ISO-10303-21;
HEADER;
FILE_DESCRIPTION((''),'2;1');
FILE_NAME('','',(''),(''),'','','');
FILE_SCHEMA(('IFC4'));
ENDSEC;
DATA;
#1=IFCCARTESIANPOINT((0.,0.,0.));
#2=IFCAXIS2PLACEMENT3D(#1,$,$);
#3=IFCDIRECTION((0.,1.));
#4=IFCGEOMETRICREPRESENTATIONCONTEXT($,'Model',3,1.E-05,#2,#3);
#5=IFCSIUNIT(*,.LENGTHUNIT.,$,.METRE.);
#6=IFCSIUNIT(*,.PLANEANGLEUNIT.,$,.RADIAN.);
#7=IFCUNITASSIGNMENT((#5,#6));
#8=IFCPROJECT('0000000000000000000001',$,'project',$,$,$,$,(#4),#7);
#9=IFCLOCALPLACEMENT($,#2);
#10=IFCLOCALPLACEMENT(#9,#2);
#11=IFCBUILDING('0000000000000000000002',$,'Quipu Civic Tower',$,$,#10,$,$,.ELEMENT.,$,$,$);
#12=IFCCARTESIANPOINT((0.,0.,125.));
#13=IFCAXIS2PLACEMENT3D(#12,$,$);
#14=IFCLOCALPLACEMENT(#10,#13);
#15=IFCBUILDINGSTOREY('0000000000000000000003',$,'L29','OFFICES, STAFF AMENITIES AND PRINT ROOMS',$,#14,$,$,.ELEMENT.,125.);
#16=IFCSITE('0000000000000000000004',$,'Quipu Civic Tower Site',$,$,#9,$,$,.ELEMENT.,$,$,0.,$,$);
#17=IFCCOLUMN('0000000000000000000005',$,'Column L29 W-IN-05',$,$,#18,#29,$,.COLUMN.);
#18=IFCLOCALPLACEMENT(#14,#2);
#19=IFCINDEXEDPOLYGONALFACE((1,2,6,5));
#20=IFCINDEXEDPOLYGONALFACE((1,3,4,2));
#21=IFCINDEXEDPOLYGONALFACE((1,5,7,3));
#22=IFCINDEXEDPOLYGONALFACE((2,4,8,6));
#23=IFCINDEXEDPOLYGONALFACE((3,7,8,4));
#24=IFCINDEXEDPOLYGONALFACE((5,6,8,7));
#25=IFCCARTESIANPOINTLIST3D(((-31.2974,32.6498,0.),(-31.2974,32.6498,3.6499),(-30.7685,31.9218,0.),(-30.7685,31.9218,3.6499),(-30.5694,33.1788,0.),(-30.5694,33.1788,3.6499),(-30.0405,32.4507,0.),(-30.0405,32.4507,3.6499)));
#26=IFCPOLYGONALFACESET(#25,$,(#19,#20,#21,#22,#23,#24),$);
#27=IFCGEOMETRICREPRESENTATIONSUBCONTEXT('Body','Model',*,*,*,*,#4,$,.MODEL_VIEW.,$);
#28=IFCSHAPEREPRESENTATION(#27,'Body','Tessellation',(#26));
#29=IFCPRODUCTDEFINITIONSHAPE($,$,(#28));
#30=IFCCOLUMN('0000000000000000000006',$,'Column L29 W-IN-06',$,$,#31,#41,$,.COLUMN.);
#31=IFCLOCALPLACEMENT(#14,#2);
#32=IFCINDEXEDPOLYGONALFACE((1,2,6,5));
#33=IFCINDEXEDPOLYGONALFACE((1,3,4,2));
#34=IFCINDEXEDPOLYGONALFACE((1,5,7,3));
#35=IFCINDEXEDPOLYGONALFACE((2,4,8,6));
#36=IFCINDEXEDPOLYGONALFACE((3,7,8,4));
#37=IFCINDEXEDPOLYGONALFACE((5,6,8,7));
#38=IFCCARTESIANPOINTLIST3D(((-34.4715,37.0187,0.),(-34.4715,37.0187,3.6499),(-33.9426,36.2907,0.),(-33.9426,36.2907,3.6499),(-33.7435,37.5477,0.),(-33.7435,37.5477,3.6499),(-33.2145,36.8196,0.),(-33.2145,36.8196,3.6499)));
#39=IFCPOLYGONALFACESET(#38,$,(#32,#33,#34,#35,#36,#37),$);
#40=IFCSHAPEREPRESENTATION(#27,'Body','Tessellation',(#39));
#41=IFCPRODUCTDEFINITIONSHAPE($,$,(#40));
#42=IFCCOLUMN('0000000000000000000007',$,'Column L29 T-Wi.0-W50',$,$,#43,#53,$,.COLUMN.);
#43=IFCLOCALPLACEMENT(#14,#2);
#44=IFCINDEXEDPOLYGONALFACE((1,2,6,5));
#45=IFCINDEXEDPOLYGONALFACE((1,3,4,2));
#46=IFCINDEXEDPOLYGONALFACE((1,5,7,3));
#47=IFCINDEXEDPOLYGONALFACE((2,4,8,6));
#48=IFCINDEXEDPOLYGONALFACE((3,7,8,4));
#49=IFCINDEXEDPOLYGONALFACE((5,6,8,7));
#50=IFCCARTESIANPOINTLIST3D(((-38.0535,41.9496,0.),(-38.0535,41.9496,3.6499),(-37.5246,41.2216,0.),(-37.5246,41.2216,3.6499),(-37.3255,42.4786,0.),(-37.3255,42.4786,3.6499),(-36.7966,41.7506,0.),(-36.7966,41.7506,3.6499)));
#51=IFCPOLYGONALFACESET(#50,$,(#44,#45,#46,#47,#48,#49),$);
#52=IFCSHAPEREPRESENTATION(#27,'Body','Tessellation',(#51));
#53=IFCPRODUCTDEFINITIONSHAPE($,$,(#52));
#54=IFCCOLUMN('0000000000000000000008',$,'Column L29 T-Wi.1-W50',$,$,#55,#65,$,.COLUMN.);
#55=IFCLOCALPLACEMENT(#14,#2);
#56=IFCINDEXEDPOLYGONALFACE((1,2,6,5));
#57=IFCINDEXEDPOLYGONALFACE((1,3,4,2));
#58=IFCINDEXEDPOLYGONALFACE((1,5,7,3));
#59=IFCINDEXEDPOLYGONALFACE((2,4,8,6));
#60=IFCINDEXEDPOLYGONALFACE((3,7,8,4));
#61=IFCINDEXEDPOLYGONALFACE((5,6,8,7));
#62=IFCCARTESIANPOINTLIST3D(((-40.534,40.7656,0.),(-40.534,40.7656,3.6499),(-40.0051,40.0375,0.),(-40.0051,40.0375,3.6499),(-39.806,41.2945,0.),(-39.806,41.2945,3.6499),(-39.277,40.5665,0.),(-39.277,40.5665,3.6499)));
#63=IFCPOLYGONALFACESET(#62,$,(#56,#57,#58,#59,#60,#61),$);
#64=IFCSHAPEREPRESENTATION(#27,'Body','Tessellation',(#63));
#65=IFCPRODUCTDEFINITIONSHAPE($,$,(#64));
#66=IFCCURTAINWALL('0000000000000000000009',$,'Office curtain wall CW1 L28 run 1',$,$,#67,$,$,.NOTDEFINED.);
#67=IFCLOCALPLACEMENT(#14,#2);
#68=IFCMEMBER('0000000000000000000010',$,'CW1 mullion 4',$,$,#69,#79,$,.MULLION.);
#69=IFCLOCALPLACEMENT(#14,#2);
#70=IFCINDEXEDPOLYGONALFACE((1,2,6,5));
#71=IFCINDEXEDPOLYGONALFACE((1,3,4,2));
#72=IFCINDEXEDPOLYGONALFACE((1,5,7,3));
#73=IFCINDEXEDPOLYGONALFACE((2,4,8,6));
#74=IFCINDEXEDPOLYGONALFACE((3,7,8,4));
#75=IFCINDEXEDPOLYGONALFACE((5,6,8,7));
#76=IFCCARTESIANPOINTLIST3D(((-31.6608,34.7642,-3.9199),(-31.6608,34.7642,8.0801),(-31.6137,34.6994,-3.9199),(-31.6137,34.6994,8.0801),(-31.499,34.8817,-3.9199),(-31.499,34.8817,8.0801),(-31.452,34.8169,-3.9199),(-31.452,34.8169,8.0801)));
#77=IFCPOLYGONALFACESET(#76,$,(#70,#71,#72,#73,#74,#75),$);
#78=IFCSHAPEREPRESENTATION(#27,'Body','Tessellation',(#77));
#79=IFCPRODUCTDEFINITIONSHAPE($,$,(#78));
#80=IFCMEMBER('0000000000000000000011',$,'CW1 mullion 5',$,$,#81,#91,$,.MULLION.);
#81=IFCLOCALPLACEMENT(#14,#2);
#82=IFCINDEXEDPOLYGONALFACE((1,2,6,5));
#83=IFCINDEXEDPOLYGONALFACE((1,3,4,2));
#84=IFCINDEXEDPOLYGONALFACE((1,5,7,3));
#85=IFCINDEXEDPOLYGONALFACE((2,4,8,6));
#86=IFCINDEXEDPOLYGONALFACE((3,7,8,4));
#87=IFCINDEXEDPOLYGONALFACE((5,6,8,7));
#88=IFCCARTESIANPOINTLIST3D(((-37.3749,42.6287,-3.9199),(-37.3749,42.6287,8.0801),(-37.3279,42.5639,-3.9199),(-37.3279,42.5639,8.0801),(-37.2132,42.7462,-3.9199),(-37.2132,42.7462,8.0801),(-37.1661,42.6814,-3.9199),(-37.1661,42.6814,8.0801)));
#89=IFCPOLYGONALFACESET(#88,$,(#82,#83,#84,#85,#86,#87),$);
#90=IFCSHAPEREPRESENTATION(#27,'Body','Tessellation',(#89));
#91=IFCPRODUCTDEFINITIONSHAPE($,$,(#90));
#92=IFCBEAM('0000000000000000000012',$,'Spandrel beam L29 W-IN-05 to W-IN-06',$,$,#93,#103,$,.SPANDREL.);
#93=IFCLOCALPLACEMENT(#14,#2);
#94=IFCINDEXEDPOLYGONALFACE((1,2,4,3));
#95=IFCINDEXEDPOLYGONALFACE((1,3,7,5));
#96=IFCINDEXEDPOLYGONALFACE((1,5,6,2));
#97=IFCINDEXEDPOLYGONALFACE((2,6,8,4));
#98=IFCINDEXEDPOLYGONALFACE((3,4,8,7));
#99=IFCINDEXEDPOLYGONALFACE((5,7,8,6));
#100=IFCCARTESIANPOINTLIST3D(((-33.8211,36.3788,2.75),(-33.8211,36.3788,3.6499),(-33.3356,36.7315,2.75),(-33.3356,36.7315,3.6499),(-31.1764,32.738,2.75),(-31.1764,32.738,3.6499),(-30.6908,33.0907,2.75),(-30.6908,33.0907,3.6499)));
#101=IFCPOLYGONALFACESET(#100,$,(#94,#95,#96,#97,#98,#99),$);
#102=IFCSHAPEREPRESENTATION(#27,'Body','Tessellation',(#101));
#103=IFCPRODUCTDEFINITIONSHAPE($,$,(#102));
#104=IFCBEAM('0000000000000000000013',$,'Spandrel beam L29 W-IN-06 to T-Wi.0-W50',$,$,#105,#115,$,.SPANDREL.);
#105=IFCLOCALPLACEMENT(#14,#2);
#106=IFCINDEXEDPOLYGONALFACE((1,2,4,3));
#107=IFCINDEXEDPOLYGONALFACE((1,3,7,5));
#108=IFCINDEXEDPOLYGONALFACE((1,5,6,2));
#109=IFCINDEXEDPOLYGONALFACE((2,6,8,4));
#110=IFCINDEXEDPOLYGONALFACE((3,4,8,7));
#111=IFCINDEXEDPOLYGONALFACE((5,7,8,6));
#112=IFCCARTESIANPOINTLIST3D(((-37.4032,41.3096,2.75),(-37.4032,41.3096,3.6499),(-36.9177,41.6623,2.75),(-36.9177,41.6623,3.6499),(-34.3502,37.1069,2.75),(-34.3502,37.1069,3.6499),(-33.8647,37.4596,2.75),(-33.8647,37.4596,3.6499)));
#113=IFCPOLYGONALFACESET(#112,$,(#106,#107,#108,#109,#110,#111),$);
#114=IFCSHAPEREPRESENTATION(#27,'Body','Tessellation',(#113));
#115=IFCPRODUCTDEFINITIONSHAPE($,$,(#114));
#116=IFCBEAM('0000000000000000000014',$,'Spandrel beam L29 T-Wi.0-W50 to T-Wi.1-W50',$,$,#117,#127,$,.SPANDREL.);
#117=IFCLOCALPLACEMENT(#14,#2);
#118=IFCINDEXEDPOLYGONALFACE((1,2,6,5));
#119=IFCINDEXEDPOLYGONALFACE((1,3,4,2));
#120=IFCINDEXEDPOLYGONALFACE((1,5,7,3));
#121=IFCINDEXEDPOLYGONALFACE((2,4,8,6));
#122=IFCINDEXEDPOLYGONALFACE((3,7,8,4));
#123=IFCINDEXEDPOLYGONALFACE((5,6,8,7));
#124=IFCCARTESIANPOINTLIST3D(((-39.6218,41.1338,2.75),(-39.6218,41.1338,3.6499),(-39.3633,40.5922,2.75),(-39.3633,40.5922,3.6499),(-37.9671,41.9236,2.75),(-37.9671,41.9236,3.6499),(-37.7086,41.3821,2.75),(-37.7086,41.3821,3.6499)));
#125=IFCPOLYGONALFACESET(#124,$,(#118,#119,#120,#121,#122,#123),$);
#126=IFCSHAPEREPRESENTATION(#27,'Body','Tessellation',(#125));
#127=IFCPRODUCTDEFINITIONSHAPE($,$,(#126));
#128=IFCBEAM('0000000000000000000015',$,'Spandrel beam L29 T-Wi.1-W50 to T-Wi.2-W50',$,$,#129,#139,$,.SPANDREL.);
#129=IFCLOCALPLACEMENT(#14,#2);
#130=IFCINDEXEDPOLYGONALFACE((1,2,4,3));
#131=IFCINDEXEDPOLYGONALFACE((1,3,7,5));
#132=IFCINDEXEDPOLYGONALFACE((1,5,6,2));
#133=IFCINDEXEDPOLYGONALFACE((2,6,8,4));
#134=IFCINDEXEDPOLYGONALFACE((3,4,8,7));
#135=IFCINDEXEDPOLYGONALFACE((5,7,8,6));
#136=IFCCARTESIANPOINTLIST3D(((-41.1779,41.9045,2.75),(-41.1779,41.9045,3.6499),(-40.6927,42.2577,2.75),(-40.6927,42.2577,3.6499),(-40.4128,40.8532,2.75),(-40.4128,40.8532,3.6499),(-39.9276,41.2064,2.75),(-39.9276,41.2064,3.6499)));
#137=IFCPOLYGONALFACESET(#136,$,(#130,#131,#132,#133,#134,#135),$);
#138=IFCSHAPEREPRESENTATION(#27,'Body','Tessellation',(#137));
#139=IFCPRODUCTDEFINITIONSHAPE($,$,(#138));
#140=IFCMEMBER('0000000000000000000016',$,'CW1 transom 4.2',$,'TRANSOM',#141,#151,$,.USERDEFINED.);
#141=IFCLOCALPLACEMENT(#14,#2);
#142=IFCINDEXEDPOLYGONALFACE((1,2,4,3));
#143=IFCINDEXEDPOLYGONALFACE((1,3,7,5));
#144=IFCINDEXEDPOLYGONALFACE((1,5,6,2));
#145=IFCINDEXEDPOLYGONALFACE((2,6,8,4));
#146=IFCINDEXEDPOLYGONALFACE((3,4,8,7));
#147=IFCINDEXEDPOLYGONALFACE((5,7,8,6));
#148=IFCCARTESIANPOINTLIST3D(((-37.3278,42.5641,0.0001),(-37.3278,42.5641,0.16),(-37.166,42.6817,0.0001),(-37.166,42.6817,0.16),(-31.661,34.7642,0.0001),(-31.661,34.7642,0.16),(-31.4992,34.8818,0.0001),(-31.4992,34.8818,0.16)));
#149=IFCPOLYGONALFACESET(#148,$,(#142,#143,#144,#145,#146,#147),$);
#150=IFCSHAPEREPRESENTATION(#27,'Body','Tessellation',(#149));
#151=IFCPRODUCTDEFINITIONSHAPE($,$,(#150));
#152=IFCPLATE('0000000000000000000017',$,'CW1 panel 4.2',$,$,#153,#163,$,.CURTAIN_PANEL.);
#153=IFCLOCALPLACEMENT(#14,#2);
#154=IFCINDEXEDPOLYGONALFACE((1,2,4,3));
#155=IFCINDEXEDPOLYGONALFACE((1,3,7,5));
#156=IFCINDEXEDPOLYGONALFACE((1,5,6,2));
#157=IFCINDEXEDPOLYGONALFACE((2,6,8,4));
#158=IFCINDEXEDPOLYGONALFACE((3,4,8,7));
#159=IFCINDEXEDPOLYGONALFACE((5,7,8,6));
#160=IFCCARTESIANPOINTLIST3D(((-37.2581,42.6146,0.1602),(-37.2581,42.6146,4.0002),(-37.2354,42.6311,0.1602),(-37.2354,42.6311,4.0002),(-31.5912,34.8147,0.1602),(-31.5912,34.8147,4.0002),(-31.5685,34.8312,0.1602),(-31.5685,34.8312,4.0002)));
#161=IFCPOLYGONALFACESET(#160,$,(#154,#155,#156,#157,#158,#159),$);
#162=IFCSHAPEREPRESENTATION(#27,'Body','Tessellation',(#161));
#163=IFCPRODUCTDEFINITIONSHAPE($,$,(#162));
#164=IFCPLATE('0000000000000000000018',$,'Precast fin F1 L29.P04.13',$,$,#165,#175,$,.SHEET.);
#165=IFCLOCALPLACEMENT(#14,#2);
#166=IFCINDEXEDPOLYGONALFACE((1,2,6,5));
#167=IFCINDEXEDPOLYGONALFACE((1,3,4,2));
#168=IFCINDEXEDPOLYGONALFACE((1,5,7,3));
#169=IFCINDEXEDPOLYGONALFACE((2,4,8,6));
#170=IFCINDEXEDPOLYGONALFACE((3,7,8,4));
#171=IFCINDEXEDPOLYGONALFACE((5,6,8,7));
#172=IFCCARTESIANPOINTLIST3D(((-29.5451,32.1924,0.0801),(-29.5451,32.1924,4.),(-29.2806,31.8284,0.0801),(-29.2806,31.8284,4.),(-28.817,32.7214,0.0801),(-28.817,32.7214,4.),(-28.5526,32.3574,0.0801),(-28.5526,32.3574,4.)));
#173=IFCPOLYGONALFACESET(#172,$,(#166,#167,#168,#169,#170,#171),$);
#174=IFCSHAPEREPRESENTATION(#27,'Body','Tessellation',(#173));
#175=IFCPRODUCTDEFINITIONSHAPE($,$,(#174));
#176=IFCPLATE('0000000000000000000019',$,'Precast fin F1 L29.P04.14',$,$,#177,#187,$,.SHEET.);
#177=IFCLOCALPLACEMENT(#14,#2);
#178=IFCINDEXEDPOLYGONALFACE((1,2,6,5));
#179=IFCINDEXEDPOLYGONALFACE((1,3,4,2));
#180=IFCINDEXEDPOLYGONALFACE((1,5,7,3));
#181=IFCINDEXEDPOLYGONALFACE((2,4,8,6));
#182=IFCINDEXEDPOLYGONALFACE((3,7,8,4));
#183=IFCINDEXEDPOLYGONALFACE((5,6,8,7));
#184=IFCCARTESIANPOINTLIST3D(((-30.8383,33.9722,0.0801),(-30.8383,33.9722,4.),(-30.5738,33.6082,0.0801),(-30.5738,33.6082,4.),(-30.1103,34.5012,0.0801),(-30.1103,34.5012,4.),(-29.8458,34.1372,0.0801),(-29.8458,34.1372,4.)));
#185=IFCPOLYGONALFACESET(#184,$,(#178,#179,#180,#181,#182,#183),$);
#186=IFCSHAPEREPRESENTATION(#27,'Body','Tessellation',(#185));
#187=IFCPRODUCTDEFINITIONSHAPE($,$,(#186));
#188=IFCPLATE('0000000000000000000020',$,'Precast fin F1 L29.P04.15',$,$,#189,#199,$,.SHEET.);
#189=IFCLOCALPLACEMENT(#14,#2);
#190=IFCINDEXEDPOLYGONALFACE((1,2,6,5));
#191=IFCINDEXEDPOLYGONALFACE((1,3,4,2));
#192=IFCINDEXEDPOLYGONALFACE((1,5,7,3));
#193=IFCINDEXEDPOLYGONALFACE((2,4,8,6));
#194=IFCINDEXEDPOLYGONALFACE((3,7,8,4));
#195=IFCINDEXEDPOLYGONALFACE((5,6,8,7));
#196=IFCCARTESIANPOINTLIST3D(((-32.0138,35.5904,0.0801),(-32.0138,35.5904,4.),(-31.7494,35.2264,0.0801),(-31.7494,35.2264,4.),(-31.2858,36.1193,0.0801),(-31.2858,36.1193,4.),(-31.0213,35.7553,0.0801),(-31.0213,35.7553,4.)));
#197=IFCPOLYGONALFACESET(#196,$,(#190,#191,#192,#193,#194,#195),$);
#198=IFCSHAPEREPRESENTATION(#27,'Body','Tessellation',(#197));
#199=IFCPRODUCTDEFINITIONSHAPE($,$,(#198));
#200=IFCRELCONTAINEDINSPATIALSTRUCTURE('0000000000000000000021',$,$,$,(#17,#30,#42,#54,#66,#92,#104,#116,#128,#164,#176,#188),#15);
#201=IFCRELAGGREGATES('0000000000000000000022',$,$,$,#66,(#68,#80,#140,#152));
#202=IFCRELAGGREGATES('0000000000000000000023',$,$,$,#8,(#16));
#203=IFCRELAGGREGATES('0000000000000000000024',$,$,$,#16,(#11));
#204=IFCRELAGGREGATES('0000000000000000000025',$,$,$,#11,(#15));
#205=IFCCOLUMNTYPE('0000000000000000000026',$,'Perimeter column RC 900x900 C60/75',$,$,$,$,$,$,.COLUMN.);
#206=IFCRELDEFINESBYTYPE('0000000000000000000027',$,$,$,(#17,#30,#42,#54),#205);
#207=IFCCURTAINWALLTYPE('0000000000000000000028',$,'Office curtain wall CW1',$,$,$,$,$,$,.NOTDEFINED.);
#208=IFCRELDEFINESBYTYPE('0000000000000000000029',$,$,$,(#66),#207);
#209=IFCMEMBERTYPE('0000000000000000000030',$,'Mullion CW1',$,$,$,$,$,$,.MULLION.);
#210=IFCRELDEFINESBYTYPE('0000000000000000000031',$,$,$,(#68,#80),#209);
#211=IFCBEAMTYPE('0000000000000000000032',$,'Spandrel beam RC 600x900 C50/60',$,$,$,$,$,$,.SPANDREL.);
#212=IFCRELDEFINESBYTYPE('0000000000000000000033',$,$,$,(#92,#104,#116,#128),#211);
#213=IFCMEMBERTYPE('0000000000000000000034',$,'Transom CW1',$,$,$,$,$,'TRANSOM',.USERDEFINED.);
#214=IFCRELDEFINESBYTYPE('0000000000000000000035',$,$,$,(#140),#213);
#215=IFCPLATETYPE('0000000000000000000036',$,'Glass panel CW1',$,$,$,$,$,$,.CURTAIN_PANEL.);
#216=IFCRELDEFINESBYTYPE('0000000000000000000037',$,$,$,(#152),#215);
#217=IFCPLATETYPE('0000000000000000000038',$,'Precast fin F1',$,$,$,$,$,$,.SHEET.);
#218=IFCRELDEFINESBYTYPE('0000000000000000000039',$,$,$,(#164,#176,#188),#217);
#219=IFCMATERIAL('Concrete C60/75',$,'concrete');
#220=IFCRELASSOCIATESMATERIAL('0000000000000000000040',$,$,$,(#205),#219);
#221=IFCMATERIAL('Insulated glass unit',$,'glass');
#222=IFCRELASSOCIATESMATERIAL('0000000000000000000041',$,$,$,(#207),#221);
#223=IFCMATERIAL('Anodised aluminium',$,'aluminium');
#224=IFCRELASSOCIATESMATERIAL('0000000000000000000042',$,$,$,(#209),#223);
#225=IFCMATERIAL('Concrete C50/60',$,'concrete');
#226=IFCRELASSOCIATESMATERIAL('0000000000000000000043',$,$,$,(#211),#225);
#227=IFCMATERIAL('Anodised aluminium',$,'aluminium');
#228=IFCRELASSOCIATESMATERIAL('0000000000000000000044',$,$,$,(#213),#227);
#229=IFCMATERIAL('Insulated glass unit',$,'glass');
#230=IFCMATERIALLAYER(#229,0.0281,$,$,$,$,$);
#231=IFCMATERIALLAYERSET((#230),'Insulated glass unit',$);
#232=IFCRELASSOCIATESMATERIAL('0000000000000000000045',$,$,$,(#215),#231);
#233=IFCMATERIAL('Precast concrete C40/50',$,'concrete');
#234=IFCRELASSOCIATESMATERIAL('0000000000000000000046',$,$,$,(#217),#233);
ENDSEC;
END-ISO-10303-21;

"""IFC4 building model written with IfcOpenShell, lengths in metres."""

from ifc_helpers import new_model, si_unit, direction, frame, origin, origin_2d, place, context, subcontext, project, spatial, rectangle, extrude, material, layer, layer_set, material_profile, profile_set, type_object, element, aggregate, save


model = new_model("IFC4")

# Units and contexts
model_context = context("Model", 3, precision=1e-05, world=origin(), true_north=direction((0.0, 1.0)))
body_context = subcontext(model_context, "Body", "Model", "MODEL_VIEW")
ifc_project = project(units=[si_unit("LENGTHUNIT", "METRE"), si_unit("PLANEANGLEUNIT", "RADIAN")], contexts=[model_context])

# Site, building, storey
site_placement = place(None, origin())
site = spatial("IfcSite", under=ifc_project, at=site_placement, Name="Quipu Civic Tower Site", CompositionType="ELEMENT", RefElevation=0.0)
building_placement = place(site_placement, origin())
building = spatial("IfcBuilding", under=site, at=building_placement, Name="Quipu Civic Tower", CompositionType="ELEMENT")
storey_placement = place(building_placement, frame((0.0, 0.0, 125.0)))
storey = spatial("IfcBuildingStorey", under=building, at=storey_placement, Name="L29", Description="OFFICES, STAFF AMENITIES AND PRINT ROOMS", CompositionType="ELEMENT", Elevation=125.0)

# Columns
ifc_material_1 = material(Name="Concrete C60/75", Category="concrete")
ifc_material_profile_1 = material_profile(ifc_material_1, rectangle(XDim=0.8999, YDim=0.8999, at=origin_2d()), Name="RC900x900")
ifc_profile_set_1 = profile_set([ifc_material_profile_1], Name="Concrete C60/75")
column_type = type_object("IfcColumnType", Name="Perimeter column RC 900x900 C60/75", PredefinedType="COLUMN", material=ifc_profile_set_1)
for number, where, z_axis, x_axis, name in (
    (1, (-30.6689, 32.5503, 0.0), (0.0, 0.0, 1.0), (-0.587785, 0.809017, 0.0), "Column L29 W-IN-05"),
    (2, (-33.843, 36.9192, 0.0), (0.0, 0.0, 1.0), (-0.587785, 0.809017, 0.0), "Column L29 W-IN-06"),
    (3, (-37.425, 41.8501, 0.0), (0.0, 0.0, 1.0), (-0.587785, 0.809017, 0.0), "Column L29 T-Wi.0-W50"),
    (4, (-39.9055, 40.666, 0.0), (0.0, 0.0, 1.0), (-0.587785, 0.809017, 0.0), "Column L29 T-Wi.1-W50"),
):
    element("IfcColumn", number, at=place(storey_placement, frame(where, z_axis=z_axis, x_axis=x_axis)), inside=storey, type_object=column_type, Name=name, PredefinedType="COLUMN", context=body_context, shape_type="SweptSolid", body=[
        extrude(rectangle(XDim=0.8999, YDim=0.8999, at=origin_2d()), origin(), (0.0, 0.0, 1.0), 3.6499),
    ])

# Curtain wall, members
ifc_material_2 = material(Name="Insulated glass unit", Category="glass")
curtain_wall_type = type_object("IfcCurtainWallType", Name="Office curtain wall CW1", PredefinedType="NOTDEFINED", material=ifc_material_2)
curtain_wall_placement = place(storey_placement, origin())
curtain_wall = element("IfcCurtainWall", 5, at=curtain_wall_placement, inside=storey, type_object=curtain_wall_type, Name="Office curtain wall CW1 L28 run 1", PredefinedType="NOTDEFINED")
ifc_material_3 = material(Name="Anodised aluminium", Category="aluminium")
ifc_material_profile_2 = material_profile(ifc_material_3, rectangle(XDim=0.2, YDim=0.0801, at=origin_2d()), Name="RECT 200x80")
ifc_profile_set_2 = profile_set([ifc_material_profile_2], Name="Anodised aluminium")
member_type_1 = type_object("IfcMemberType", Name="Mullion CW1", PredefinedType="MULLION", material=ifc_profile_set_2)
member_1_placement = place(storey_placement, frame((-31.5564, 34.7905, -3.9199), z_axis=(0.0, 0.0, 1.0), x_axis=(-0.809017, -0.587786, 0.0)))
member_1 = element("IfcMember", 6, at=member_1_placement, type_object=member_type_1, Name="CW1 mullion 4", PredefinedType="MULLION", context=body_context, shape_type="SweptSolid", body=[
    extrude(rectangle(XDim=0.2, YDim=0.0801, at=origin_2d()), origin(), (0.0, 0.0, 1.0), 12.0),
])
member_2_placement = place(storey_placement, frame((-37.2705, 42.655, -3.9199), z_axis=(0.0, 0.0, 1.0), x_axis=(-0.809017, -0.587786, 0.0)))
member_2 = element("IfcMember", 7, at=member_2_placement, type_object=member_type_1, Name="CW1 mullion 5", PredefinedType="MULLION", context=body_context, shape_type="SweptSolid", body=[
    extrude(rectangle(XDim=0.2, YDim=0.0801, at=origin_2d()), origin(), (0.0, 0.0, 1.0), 12.0),
])

# Beams
ifc_material_4 = material(Name="Concrete C50/60", Category="concrete")
ifc_material_profile_3 = material_profile(ifc_material_4, rectangle(XDim=0.6001, YDim=0.8999, at=origin_2d()), Name="RC600x900")
ifc_profile_set_3 = profile_set([ifc_material_profile_3], Name="Concrete C50/60")
beam_type = type_object("IfcBeamType", Name="Spandrel beam RC 600x900 C50/60", PredefinedType="SPANDREL", material=ifc_profile_set_3)
beam_1_placement = place(storey_placement, frame((-30.9336, 32.9143, 3.2), z_axis=(-0.587717, 0.809067, 0.0), x_axis=(-0.809067, -0.587717, 0.0)))
element("IfcBeam", 8, at=beam_1_placement, inside=storey, type_object=beam_type, Name="Spandrel beam L29 W-IN-05 to W-IN-06", PredefinedType="SPANDREL", context=body_context, shape_type="SweptSolid", body=[
    extrude(rectangle(XDim=0.6001, YDim=0.8999, at=origin_2d()), origin(), (0.0, 0.0, 1.0), 4.5),
])
beam_2_placement = place(storey_placement, frame((-34.1074, 37.2832, 3.2), z_axis=(-0.587733, 0.809055, 0.0), x_axis=(-0.809055, -0.587733, 0.0)))
element("IfcBeam", 9, at=beam_2_placement, inside=storey, type_object=beam_type, Name="Spandrel beam L29 W-IN-06 to T-Wi.0-W50", PredefinedType="SPANDREL", context=body_context, shape_type="SweptSolid", body=[
    extrude(rectangle(XDim=0.6001, YDim=0.8999, at=origin_2d()), origin(), (0.0, 0.0, 1.0), 5.1946),
])
beam_3_placement = place(storey_placement, frame((-37.8379, 41.6528, 3.2), z_axis=(-0.902454, -0.430786, 0.0), x_axis=(0.430786, -0.902454, 0.0)))
element("IfcBeam", 10, at=beam_3_placement, inside=storey, type_object=beam_type, Name="Spandrel beam L29 T-Wi.0-W50 to T-Wi.1-W50", PredefinedType="SPANDREL", context=body_context, shape_type="SweptSolid", body=[
    extrude(rectangle(XDim=0.6001, YDim=0.8999, at=origin_2d()), origin(), (0.0, 0.0, 1.0), 1.8335),
])
beam_4_placement = place(storey_placement, frame((-40.1702, 41.0298, 3.2), z_axis=(-0.588462, 0.808525, 0.0), x_axis=(-0.808525, -0.588462, 0.0)))
element("IfcBeam", 11, at=beam_4_placement, inside=storey, type_object=beam_type, Name="Spandrel beam L29 T-Wi.1-W50 to T-Wi.2-W50", PredefinedType="SPANDREL", context=body_context, shape_type="SweptSolid", body=[
    extrude(rectangle(XDim=0.6001, YDim=0.8999, at=origin_2d()), origin(), (0.0, 0.0, 1.0), 1.3003),
])

# Member
ifc_material_5 = material(Name="Anodised aluminium", Category="aluminium")
ifc_material_profile_4 = material_profile(ifc_material_5, rectangle(XDim=0.2, YDim=0.1599, at=origin_2d()), Name="RECT 200x160")
ifc_profile_set_4 = profile_set([ifc_material_profile_4], Name="Anodised aluminium")
member_type_2 = type_object("IfcMemberType", Name="Transom CW1", ElementType="TRANSOM", PredefinedType="USERDEFINED", material=ifc_profile_set_4)
member_3_placement = place(storey_placement, frame((-31.5801, 34.823, 0.0801), z_axis=(-0.587776, 0.809024, 0.0), x_axis=(-0.809024, -0.587776, 0.0)))
member_3 = element("IfcMember", 12, at=member_3_placement, type_object=member_type_2, Name="CW1 transom 4.2", ObjectType="TRANSOM", PredefinedType="USERDEFINED", context=body_context, shape_type="SweptSolid", body=[
    extrude(rectangle(XDim=0.2, YDim=0.1599, at=origin_2d()), origin(), (0.0, 0.0, 1.0), 9.6411),
])

# Plate
ifc_material_6 = material(Name="Insulated glass unit", Category="glass")
ifc_layer_1 = layer(ifc_material_6, 0.0281)
ifc_layer_set_1 = layer_set([ifc_layer_1], Name="Insulated glass unit")
plate_type_1 = type_object("IfcPlateType", Name="Glass panel CW1", PredefinedType="CURTAIN_PANEL", material=ifc_layer_set_1)
plate_placement = place(storey_placement, frame((-34.4133, 38.7229, 0.1602), z_axis=(0.0, 0.0, 1.0), x_axis=(-0.587786, 0.809017, 0.0)))
plate = element("IfcPlate", 13, at=plate_placement, type_object=plate_type_1, Name="CW1 panel 4.2", PredefinedType="CURTAIN_PANEL", context=body_context, shape_type="SweptSolid", body=[
    extrude(rectangle(XDim=9.6411, YDim=0.0281, at=origin_2d()), origin(), (0.0, 0.0, 1.0), 3.8401),
])
aggregate(curtain_wall, [member_1, member_2, member_3, plate])

# Plates
ifc_material_7 = material(Name="Precast concrete C40/50", Category="concrete")
plate_type_2 = type_object("IfcPlateType", Name="Precast fin F1", PredefinedType="SHEET", material=ifc_material_7)
for number, where, z_axis, x_axis, name in (
    (14, (-29.0488, 32.2749, 0.0801), (0.0, 0.0, 1.0), (-0.587785, 0.809017, 0.0), "Precast fin F1 L29.P04.13"),
    (15, (-30.342, 34.0547, 0.0801), (0.0, 0.0, 1.0), (-0.587785, 0.809017, 0.0), "Precast fin F1 L29.P04.14"),
    (16, (-31.5176, 35.6729, 0.0801), (0.0, 0.0, 1.0), (-0.587785, 0.809017, 0.0), "Precast fin F1 L29.P04.15"),
):
    element("IfcPlate", number, at=place(storey_placement, frame(where, z_axis=z_axis, x_axis=x_axis)), inside=storey, type_object=plate_type_2, Name=name, PredefinedType="SHEET", context=body_context, shape_type="SweptSolid", body=[
        extrude(rectangle(XDim=0.45, YDim=0.8999, at=origin_2d()), origin(), (0.0, 0.0, 1.0), 3.9199),
    ])

save(model, "model.ifc")
